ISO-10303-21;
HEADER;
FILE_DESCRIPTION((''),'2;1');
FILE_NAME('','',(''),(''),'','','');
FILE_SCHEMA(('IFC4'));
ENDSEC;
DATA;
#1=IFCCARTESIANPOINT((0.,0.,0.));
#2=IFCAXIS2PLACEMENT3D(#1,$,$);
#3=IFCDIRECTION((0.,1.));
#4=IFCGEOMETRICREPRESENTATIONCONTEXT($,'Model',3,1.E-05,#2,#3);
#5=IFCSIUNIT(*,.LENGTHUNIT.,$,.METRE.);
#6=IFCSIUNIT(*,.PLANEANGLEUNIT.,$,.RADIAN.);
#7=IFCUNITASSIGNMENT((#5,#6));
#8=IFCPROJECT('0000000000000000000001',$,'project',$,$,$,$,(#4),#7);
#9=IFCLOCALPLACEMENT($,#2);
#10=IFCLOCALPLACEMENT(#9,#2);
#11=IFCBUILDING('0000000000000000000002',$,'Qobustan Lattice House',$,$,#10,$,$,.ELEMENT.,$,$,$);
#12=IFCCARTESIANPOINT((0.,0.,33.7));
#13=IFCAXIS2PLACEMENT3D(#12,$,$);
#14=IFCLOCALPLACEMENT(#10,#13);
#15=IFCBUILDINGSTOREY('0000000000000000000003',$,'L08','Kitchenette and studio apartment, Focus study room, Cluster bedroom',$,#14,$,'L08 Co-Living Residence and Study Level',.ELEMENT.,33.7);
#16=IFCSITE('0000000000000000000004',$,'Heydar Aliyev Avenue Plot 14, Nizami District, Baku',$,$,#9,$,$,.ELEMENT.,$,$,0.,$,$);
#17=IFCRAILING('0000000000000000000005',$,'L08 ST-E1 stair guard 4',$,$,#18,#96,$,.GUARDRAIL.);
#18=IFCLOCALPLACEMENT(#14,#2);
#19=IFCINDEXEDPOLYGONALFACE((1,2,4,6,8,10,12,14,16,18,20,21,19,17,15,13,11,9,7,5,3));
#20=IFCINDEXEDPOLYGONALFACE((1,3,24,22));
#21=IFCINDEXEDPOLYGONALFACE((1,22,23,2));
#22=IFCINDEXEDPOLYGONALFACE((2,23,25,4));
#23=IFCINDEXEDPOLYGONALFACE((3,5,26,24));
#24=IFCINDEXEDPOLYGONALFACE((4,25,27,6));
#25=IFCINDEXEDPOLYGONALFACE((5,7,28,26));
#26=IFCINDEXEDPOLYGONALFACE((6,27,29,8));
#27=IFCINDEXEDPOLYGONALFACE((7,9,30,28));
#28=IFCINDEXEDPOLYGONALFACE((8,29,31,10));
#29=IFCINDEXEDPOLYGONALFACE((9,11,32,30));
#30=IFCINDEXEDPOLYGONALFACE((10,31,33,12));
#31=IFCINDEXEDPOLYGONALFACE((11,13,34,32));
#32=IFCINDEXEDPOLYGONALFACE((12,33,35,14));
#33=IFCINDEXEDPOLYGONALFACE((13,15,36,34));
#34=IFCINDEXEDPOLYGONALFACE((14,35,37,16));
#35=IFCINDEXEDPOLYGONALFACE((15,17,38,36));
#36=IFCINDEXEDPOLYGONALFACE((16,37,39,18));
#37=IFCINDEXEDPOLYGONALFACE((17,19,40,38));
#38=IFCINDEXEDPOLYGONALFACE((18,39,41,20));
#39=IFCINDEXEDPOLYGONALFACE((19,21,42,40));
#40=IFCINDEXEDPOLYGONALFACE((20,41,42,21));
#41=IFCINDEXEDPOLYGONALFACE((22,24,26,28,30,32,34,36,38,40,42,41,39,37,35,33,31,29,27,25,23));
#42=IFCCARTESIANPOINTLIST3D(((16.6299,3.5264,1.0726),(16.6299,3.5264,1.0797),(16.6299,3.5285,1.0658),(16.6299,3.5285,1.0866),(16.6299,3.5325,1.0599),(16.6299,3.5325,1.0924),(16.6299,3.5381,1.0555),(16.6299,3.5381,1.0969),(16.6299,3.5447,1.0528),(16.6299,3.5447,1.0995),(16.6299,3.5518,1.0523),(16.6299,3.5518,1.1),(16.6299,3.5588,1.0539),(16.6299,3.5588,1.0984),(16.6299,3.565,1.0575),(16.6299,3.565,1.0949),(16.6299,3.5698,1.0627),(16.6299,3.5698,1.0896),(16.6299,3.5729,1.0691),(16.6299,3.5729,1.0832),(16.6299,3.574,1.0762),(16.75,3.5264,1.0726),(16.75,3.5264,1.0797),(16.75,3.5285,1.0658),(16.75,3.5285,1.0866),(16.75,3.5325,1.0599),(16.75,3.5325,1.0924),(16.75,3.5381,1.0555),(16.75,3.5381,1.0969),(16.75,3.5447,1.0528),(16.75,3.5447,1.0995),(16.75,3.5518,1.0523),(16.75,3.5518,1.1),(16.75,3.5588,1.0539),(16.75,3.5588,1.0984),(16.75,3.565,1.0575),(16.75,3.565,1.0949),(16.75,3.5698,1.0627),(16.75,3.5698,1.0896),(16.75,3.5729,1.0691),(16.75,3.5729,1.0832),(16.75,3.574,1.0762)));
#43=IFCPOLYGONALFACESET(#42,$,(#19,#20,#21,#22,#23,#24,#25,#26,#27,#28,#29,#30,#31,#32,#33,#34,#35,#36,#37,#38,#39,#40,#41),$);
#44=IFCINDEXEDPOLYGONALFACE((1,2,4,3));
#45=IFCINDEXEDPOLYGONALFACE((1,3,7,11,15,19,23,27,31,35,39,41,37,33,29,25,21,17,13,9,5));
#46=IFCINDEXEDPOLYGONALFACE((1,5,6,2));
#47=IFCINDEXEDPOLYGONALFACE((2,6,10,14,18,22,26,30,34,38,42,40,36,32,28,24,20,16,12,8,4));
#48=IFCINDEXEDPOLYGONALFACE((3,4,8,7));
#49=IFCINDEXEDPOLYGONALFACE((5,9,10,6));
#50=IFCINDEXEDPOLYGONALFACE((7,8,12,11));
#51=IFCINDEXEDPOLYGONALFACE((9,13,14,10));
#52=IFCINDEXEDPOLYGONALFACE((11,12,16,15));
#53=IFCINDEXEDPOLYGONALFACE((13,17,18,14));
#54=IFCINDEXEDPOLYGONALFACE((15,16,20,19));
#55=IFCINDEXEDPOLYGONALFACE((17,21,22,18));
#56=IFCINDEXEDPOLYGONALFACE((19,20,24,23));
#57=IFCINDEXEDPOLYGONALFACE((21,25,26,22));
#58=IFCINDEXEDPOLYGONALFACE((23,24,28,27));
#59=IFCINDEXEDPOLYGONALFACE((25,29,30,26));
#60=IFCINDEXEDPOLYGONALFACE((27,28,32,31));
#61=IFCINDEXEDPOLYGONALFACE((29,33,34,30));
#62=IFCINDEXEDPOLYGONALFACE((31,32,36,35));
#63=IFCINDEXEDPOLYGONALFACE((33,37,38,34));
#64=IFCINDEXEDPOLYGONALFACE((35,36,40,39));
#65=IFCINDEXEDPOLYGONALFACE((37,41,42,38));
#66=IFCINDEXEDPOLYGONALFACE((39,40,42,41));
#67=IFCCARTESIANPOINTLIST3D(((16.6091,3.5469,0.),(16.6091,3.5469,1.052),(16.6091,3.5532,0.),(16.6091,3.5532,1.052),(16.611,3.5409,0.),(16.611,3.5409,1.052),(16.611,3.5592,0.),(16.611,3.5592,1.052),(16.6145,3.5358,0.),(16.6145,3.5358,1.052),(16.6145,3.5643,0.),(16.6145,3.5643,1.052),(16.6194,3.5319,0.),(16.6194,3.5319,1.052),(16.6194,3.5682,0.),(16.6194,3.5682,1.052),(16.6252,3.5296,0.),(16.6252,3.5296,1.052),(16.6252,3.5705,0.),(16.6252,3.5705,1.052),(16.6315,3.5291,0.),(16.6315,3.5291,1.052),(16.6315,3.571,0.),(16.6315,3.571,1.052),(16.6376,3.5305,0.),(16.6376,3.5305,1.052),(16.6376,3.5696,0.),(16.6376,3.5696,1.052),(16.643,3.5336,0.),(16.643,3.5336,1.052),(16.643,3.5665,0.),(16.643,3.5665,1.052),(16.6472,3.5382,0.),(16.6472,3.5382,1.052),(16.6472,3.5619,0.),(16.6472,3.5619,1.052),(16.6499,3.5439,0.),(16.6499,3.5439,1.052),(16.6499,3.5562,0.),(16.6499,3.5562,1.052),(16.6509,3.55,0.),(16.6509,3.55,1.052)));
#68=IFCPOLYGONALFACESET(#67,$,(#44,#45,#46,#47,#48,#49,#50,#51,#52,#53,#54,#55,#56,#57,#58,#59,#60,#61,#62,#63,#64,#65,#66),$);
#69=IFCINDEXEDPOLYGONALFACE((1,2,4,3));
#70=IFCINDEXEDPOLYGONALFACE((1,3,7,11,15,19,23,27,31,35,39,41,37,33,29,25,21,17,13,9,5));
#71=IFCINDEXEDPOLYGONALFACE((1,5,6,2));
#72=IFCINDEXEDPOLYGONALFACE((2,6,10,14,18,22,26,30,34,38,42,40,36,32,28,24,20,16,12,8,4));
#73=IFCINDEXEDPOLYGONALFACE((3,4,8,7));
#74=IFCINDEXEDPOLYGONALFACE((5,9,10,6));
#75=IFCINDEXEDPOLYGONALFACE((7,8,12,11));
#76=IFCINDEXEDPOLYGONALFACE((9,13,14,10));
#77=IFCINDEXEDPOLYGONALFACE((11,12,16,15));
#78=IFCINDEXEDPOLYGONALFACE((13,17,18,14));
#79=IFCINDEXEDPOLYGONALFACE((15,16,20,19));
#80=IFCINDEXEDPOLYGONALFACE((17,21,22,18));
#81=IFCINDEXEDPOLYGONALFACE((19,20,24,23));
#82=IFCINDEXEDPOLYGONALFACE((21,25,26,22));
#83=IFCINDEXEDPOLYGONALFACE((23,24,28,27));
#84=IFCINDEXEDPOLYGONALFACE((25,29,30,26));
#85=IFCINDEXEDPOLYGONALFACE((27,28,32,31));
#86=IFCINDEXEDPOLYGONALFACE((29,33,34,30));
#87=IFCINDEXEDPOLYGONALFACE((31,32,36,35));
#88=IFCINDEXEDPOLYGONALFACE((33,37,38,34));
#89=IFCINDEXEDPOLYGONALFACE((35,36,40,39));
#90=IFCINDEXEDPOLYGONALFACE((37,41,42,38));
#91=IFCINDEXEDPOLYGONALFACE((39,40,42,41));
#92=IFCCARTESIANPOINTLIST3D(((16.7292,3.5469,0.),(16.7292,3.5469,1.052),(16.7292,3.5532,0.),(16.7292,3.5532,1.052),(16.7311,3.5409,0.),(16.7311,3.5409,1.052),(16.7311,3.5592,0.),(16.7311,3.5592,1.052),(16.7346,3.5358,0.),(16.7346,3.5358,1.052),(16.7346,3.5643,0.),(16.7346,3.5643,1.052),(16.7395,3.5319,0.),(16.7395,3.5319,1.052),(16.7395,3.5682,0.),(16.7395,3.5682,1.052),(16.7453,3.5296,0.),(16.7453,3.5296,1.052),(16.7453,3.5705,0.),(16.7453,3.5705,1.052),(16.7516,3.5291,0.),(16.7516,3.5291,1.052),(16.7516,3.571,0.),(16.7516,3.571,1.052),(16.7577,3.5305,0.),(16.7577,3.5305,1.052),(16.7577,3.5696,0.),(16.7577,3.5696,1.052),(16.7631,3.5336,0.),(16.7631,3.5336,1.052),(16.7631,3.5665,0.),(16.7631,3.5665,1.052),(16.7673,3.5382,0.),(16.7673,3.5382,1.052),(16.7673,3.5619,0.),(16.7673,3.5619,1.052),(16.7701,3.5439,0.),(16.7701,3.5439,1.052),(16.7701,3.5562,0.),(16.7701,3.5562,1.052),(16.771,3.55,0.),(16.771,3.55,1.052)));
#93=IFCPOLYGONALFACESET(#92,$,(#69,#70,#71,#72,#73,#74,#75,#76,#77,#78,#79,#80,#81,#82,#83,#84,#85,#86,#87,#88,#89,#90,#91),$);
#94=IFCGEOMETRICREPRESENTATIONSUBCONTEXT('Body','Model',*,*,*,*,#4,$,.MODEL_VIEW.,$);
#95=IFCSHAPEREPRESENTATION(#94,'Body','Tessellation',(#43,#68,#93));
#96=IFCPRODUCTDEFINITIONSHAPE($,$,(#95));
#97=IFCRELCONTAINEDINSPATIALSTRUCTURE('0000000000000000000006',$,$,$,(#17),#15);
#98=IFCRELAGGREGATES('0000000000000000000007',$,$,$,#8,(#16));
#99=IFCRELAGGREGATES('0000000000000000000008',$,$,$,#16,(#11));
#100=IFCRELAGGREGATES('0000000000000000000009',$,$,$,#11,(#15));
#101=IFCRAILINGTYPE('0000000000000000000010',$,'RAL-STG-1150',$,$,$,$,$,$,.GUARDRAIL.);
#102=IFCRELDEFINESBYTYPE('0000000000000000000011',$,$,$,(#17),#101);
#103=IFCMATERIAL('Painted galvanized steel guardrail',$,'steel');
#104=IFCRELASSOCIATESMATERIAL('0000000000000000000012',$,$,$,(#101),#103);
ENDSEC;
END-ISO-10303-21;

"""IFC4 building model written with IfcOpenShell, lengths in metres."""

from ifc_helpers import new_model, si_unit, direction, frame, origin, origin_2d, place, context, subcontext, project, spatial, circle, extrude, material, type_object, element, save


model = new_model("IFC4")

# Units and contexts
model_context = context("Model", 3, precision=1e-05, world=origin(), true_north=direction((0.0, 1.0)))
body_context = subcontext(model_context, "Body", "Model", "MODEL_VIEW")
ifc_project = project(units=[si_unit("LENGTHUNIT", "METRE"), si_unit("PLANEANGLEUNIT", "RADIAN")], contexts=[model_context])

# Site, building, storey
site_placement = place(None, origin())
site = spatial("IfcSite", under=ifc_project, at=site_placement, Name="Heydar Aliyev Avenue Plot 14, Nizami District, Baku", CompositionType="ELEMENT", RefElevation=0.0)
building_placement = place(site_placement, origin())
building = spatial("IfcBuilding", under=site, at=building_placement, Name="Qobustan Lattice House", CompositionType="ELEMENT")
storey_placement = place(building_placement, frame((0.0, 0.0, 33.7)))
storey = spatial("IfcBuildingStorey", under=building, at=storey_placement, Name="L08", Description="Kitchenette and studio apartment, Focus study room, Cluster bedroom", LongName="L08 Co-Living Residence and Study Level", CompositionType="ELEMENT", Elevation=33.7)

# Railing
ifc_material_1 = material(Name="Painted galvanized steel guardrail", Category="steel")
railing_type_1 = type_object("IfcRailingType", Name="RAL-STG-1150", PredefinedType="GUARDRAIL", material=ifc_material_1)
railing_1_placement = place(storey_placement, frame((16.6299, 3.55, 0.0)))
element("IfcRailing", 1, at=railing_1_placement, inside=storey, type_object=railing_type_1, Name="L08 ST-E1 stair guard 4", PredefinedType="GUARDRAIL", context=body_context, shape_type="SweptSolid", body=[
    extrude(circle(Radius=0.0239, at=origin_2d()), frame((0.0, 0.0, 1.0762), z_axis=(1.0, 0.0, 0.0), x_axis=(0.0, 1.0, 0.0)), (0.0, 0.0, 1.0), 0.1201),
    extrude(circle(Radius=0.021, at=origin_2d()), origin(), (0.0, 0.0, 1.0), 1.052),
    extrude(circle(Radius=0.021, at=origin_2d()), frame((0.1201, 0.0, 0.0)), (0.0, 0.0, 1.0), 1.052),
])

save(model, "model.ifc")
